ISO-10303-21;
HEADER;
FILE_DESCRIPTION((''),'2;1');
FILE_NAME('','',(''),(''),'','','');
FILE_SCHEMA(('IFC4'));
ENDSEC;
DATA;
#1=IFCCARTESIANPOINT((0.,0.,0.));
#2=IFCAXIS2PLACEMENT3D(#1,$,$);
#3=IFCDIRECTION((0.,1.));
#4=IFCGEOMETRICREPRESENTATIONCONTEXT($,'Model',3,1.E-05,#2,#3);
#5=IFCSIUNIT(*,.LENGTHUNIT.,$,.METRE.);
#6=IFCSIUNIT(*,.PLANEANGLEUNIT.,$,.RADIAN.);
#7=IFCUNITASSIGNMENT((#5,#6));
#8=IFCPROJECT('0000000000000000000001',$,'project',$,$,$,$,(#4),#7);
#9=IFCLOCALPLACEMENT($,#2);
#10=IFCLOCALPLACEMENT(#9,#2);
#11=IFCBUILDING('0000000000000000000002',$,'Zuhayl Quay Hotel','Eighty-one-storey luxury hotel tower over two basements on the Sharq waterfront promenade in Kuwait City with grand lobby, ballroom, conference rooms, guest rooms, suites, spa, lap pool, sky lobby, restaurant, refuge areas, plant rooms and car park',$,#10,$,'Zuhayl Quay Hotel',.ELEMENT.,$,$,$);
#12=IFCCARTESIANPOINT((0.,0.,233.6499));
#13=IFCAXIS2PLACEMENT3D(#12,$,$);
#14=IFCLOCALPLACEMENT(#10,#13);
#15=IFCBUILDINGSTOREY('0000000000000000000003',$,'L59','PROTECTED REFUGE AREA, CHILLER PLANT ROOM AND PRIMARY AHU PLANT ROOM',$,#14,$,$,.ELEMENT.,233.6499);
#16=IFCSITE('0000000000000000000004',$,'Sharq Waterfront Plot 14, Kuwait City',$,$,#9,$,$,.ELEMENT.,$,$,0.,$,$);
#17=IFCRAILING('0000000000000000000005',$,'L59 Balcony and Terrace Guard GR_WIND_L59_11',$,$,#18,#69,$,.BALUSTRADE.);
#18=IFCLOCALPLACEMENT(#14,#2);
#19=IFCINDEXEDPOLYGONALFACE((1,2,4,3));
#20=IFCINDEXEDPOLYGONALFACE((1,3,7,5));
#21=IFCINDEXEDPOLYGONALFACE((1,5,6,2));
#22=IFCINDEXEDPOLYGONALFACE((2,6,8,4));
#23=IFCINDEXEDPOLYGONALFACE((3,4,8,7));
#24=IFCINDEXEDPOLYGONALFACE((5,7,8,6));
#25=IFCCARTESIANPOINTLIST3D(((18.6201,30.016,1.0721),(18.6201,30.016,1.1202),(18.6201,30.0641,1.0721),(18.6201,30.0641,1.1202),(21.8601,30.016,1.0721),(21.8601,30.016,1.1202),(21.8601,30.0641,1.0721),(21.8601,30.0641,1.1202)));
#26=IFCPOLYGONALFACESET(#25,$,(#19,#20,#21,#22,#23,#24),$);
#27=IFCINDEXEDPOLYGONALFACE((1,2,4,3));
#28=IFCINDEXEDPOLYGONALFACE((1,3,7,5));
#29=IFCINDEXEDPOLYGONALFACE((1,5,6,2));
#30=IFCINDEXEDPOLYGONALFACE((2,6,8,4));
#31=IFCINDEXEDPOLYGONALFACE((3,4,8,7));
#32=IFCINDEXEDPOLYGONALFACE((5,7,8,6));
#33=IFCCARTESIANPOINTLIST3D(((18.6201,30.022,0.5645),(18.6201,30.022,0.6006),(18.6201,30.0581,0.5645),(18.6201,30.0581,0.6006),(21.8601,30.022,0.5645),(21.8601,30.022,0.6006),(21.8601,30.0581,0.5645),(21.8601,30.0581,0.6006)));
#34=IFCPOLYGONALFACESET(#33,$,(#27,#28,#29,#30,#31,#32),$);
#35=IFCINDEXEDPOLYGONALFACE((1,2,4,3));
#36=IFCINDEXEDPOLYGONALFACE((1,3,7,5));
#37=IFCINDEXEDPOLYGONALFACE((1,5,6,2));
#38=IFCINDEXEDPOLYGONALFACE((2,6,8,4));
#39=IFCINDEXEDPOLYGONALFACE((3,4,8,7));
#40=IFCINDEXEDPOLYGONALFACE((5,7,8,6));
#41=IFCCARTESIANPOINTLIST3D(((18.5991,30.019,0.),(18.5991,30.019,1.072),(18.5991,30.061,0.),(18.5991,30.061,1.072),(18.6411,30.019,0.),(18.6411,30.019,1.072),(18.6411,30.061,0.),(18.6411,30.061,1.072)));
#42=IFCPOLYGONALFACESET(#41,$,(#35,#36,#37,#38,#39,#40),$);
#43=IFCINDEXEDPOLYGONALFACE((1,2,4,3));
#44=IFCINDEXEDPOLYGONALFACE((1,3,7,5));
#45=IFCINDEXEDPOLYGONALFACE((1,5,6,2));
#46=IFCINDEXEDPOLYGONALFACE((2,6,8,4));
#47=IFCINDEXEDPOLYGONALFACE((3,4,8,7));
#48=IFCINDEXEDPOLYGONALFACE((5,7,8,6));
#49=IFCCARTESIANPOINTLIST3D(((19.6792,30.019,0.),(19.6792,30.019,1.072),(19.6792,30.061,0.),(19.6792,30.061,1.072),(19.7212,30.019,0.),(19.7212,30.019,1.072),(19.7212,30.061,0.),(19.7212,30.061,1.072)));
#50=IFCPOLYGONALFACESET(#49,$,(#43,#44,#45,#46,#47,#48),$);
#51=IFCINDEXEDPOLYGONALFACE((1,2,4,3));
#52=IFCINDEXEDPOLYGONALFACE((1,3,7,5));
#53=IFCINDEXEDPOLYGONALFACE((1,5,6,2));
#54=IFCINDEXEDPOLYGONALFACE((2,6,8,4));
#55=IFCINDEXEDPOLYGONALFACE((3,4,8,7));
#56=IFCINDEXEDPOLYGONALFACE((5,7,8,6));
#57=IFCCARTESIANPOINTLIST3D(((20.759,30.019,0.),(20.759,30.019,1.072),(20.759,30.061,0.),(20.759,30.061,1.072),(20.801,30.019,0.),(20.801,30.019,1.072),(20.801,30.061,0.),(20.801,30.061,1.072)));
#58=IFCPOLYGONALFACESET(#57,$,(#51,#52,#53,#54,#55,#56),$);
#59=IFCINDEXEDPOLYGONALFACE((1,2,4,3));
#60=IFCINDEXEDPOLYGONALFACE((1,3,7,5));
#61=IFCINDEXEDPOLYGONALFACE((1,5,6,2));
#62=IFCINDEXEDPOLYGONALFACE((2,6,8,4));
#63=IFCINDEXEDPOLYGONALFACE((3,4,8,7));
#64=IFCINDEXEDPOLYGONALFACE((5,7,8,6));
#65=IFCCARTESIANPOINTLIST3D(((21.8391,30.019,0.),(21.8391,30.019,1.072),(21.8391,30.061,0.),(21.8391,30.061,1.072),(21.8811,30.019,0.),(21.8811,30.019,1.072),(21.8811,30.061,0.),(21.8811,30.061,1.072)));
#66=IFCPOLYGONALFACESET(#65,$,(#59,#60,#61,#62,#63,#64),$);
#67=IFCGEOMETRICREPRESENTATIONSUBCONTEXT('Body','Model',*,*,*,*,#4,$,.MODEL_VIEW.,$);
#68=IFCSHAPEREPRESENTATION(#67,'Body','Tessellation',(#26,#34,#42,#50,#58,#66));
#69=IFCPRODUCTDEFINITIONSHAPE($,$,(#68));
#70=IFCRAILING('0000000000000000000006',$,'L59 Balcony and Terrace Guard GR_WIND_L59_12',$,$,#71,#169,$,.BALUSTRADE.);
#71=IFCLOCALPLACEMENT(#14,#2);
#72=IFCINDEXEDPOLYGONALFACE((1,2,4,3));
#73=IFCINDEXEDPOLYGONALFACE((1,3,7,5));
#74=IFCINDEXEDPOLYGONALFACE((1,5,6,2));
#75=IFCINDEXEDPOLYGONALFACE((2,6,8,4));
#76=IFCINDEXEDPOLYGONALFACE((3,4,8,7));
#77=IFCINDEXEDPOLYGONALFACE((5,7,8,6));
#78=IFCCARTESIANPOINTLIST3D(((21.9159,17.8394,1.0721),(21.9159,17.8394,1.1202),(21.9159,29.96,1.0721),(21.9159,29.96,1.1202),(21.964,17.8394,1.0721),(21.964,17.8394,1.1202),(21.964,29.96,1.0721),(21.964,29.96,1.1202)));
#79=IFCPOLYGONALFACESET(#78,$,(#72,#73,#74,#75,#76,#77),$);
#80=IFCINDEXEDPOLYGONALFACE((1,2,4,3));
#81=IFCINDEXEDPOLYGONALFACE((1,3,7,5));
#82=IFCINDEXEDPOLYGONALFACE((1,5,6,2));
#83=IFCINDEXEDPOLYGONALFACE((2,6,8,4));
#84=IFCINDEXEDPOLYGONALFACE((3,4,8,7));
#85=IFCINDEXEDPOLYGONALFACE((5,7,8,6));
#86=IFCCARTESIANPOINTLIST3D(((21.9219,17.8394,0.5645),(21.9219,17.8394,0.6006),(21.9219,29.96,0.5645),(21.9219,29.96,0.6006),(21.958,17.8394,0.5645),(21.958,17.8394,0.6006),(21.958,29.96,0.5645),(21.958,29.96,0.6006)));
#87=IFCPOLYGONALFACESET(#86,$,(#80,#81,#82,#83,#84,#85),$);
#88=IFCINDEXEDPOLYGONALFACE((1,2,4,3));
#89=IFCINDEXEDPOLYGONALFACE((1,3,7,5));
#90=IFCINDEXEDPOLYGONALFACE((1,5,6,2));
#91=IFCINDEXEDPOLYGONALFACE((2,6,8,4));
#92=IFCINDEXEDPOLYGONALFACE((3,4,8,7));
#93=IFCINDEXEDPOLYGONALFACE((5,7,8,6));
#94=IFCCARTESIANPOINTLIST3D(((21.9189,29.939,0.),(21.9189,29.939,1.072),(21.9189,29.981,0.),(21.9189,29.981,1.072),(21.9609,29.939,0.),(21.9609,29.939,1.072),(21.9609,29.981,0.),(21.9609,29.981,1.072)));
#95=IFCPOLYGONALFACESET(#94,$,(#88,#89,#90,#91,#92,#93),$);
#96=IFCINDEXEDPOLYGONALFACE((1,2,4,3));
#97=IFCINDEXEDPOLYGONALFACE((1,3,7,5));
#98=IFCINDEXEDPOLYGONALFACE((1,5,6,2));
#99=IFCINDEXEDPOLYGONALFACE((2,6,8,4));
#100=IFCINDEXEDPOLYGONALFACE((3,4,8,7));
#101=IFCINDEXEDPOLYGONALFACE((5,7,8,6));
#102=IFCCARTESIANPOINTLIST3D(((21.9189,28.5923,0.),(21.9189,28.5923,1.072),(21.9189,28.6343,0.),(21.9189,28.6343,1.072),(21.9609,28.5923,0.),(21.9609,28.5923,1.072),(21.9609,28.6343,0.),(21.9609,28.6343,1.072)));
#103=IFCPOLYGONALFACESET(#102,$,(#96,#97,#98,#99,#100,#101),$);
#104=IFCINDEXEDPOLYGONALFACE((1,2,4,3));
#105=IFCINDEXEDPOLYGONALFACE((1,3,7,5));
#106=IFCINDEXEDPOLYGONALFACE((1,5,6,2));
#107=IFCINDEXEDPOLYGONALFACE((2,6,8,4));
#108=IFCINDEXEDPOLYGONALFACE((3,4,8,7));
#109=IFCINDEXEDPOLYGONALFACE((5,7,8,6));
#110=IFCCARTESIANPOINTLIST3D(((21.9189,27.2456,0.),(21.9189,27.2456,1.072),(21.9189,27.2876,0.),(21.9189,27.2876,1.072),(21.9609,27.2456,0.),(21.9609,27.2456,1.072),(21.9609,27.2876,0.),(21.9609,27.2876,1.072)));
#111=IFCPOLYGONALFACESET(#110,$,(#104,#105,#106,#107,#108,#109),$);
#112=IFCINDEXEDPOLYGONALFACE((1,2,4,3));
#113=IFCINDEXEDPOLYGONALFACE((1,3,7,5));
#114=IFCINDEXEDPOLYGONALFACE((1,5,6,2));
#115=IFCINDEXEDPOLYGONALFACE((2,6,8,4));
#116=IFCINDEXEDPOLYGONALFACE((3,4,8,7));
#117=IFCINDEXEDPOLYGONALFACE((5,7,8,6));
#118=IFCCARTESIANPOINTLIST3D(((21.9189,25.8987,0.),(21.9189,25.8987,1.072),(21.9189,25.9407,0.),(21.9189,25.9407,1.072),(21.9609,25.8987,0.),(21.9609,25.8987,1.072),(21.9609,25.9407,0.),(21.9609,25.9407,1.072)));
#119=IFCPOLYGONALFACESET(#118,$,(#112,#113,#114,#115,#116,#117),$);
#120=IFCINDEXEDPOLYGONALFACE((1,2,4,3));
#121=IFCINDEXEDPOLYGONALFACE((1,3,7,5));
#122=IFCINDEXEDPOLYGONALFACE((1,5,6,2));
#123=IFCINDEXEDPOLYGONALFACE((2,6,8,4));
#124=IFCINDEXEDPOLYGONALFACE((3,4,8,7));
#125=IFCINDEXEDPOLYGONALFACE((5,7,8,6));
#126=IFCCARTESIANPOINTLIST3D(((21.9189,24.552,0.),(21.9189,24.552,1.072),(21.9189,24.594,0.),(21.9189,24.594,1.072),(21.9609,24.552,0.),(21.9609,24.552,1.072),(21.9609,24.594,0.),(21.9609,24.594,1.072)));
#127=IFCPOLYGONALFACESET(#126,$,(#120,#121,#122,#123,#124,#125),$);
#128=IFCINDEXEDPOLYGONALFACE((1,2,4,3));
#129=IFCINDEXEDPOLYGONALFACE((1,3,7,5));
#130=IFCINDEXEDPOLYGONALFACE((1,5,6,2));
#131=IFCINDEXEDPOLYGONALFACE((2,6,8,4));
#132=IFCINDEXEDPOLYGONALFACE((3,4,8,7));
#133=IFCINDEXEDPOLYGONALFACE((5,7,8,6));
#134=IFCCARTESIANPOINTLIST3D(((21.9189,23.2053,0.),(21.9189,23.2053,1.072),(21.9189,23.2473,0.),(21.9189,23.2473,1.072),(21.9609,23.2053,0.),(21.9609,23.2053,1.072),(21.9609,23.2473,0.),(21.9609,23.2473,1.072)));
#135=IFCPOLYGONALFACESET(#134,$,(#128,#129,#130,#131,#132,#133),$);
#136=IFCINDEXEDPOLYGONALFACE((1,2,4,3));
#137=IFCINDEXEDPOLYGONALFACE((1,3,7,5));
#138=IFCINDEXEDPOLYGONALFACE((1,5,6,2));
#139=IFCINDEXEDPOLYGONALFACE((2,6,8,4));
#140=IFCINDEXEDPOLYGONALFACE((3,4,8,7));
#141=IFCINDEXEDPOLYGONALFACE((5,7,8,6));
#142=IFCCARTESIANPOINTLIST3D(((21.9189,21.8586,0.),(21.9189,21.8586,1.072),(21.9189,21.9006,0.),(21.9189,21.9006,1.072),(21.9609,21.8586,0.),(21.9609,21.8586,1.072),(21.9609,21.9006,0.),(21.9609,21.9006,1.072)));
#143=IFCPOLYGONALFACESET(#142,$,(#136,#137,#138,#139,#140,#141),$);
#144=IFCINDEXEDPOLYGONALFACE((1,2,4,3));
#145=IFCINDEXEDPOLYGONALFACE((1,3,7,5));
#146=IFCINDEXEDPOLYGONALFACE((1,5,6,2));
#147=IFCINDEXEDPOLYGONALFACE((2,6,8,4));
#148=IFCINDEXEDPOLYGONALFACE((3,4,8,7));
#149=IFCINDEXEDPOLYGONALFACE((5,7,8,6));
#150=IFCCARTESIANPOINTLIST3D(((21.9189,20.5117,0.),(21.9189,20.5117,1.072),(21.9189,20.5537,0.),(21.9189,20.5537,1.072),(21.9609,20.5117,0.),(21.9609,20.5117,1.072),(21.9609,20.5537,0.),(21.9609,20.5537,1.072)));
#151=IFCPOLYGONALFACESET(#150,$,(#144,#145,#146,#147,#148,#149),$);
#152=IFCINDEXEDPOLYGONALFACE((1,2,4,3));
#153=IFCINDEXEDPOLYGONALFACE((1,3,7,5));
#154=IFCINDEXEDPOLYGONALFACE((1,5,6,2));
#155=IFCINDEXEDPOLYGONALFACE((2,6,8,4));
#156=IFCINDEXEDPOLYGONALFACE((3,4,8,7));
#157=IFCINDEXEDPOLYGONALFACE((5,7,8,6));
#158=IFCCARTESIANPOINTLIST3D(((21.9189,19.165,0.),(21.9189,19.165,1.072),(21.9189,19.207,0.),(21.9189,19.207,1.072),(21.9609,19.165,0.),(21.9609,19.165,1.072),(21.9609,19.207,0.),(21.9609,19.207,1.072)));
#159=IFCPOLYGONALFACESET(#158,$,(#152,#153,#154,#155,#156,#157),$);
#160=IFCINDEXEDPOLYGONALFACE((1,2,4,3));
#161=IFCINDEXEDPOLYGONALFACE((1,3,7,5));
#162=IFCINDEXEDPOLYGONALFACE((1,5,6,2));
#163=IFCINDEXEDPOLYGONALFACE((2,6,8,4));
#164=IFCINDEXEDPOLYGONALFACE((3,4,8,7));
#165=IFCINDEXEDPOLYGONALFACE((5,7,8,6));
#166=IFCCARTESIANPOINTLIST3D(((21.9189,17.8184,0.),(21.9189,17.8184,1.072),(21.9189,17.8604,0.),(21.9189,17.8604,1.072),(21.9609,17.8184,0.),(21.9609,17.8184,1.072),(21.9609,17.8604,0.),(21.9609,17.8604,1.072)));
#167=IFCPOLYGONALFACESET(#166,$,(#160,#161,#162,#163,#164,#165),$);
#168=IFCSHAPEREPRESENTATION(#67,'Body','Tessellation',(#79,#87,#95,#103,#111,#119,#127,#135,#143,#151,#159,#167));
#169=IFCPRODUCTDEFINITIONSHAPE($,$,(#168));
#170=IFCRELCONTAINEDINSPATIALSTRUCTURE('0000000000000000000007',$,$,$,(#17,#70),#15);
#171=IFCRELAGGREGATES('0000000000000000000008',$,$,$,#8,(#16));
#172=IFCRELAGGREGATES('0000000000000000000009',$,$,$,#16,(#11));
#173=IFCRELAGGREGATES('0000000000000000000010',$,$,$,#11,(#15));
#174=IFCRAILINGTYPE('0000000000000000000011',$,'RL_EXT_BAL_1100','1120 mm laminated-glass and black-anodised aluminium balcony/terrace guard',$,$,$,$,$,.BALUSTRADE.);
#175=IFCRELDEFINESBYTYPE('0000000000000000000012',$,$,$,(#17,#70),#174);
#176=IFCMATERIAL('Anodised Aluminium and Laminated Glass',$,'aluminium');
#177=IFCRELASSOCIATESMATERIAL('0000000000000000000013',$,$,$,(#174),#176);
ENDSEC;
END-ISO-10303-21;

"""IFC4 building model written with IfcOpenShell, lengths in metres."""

from ifc_helpers import new_model, si_unit, direction, frame, origin, origin_2d, place, context, subcontext, project, spatial, rectangle, extrude, material, type_object, element, save


model = new_model("IFC4")

# Units and contexts
model_context = context("Model", 3, precision=1e-05, world=origin(), true_north=direction((0.0, 1.0)))
body_context = subcontext(model_context, "Body", "Model", "MODEL_VIEW")
ifc_project = project(units=[si_unit("LENGTHUNIT", "METRE"), si_unit("PLANEANGLEUNIT", "RADIAN")], contexts=[model_context])

# Site, building, storey
site_placement = place(None, origin())
site = spatial("IfcSite", under=ifc_project, at=site_placement, Name="Sharq Waterfront Plot 14, Kuwait City", CompositionType="ELEMENT", RefElevation=0.0)
building_placement = place(site_placement, origin())
building = spatial("IfcBuilding", under=site, at=building_placement, Name="Zuhayl Quay Hotel", Description="Eighty-one-storey luxury hotel tower over two basements on the Sharq waterfront promenade in Kuwait City with grand lobby, ballroom, conference rooms, guest rooms, suites, spa, lap pool, sky lobby, restaurant, refuge areas, plant rooms and car park", LongName="Zuhayl Quay Hotel", CompositionType="ELEMENT")
storey_placement = place(building_placement, frame((0.0, 0.0, 233.6499)))
storey = spatial("IfcBuildingStorey", under=building, at=storey_placement, Name="L59", Description="PROTECTED REFUGE AREA, CHILLER PLANT ROOM AND PRIMARY AHU PLANT ROOM", CompositionType="ELEMENT", Elevation=233.6499)

# Railings
ifc_material_1 = material(Name="Anodised Aluminium and Laminated Glass", Category="aluminium")
railing_type = type_object("IfcRailingType", Name="RL_EXT_BAL_1100", Description="1120 mm laminated-glass and black-anodised aluminium balcony/terrace guard", PredefinedType="BALUSTRADE", material=ifc_material_1)
railing_1_placement = place(storey_placement, frame((18.6201, 30.04, 0.0)))
element("IfcRailing", 1, at=railing_1_placement, inside=storey, type_object=railing_type, Name="L59 Balcony and Terrace Guard GR_WIND_L59_11", PredefinedType="BALUSTRADE", context=body_context, shape_type="SweptSolid", body=[
    extrude(rectangle(XDim=0.0481, YDim=0.0481, at=origin_2d()), frame((0.0, 0.0, 1.0962), z_axis=(1.0, 0.0, 0.0), x_axis=(0.0, 1.0, 0.0)), (0.0, 0.0, 1.0), 3.24),
    extrude(rectangle(XDim=0.0361, YDim=0.0361, at=origin_2d()), frame((0.0, 0.0, 0.5825), z_axis=(1.0, 0.0, 0.0), x_axis=(0.0, 1.0, 0.0)), (0.0, 0.0, 1.0), 3.24),
    extrude(rectangle(XDim=0.042, YDim=0.042, at=origin_2d()), origin(), (0.0, 0.0, 1.0), 1.072),
    extrude(rectangle(XDim=0.042, YDim=0.042, at=origin_2d()), frame((1.0801, 0.0, 0.0)), (0.0, 0.0, 1.0), 1.072),
    extrude(rectangle(XDim=0.042, YDim=0.042, at=origin_2d()), frame((2.1599, 0.0, 0.0)), (0.0, 0.0, 1.0), 1.072),
    extrude(rectangle(XDim=0.042, YDim=0.042, at=origin_2d()), frame((3.24, 0.0, 0.0)), (0.0, 0.0, 1.0), 1.072),
])
railing_2_placement = place(storey_placement, frame((21.9399, 29.96, 0.0)))
element("IfcRailing", 2, at=railing_2_placement, inside=storey, type_object=railing_type, Name="L59 Balcony and Terrace Guard GR_WIND_L59_12", PredefinedType="BALUSTRADE", context=body_context, shape_type="SweptSolid", body=[
    extrude(rectangle(XDim=0.0481, YDim=0.0481, at=origin_2d()), frame((0.0, 0.0, 1.0962), z_axis=(0.0, -1.0, 0.0), x_axis=(1.0, 0.0, 0.0)), (0.0, 0.0, 1.0), 12.1206),
    extrude(rectangle(XDim=0.0361, YDim=0.0361, at=origin_2d()), frame((0.0, 0.0, 0.5825), z_axis=(0.0, -1.0, 0.0), x_axis=(1.0, 0.0, 0.0)), (0.0, 0.0, 1.0), 12.1206),
    extrude(rectangle(XDim=0.042, YDim=0.042, at=origin_2d()), origin(), (0.0, 0.0, 1.0), 1.072),
    extrude(rectangle(XDim=0.042, YDim=0.042, at=origin_2d()), frame((0.0, -1.3467, 0.0)), (0.0, 0.0, 1.0), 1.072),
    extrude(rectangle(XDim=0.042, YDim=0.042, at=origin_2d()), frame((0.0, -2.6934, 0.0)), (0.0, 0.0, 1.0), 1.072),
    extrude(rectangle(XDim=0.042, YDim=0.042, at=origin_2d()), frame((0.0, -4.0403, 0.0)), (0.0, 0.0, 1.0), 1.072),
    extrude(rectangle(XDim=0.042, YDim=0.042, at=origin_2d()), frame((0.0, -5.387, 0.0)), (0.0, 0.0, 1.0), 1.072),
    extrude(rectangle(XDim=0.042, YDim=0.042, at=origin_2d()), frame((0.0, -6.7336, 0.0)), (0.0, 0.0, 1.0), 1.072),
    extrude(rectangle(XDim=0.042, YDim=0.042, at=origin_2d()), frame((0.0, -8.0803, 0.0)), (0.0, 0.0, 1.0), 1.072),
    extrude(rectangle(XDim=0.042, YDim=0.042, at=origin_2d()), frame((0.0, -9.4272, 0.0)), (0.0, 0.0, 1.0), 1.072),
    extrude(rectangle(XDim=0.042, YDim=0.042, at=origin_2d()), frame((0.0, -10.7739, 0.0)), (0.0, 0.0, 1.0), 1.072),
    extrude(rectangle(XDim=0.042, YDim=0.042, at=origin_2d()), frame((0.0, -12.1206, 0.0)), (0.0, 0.0, 1.0), 1.072),
])

save(model, "model.ifc")
